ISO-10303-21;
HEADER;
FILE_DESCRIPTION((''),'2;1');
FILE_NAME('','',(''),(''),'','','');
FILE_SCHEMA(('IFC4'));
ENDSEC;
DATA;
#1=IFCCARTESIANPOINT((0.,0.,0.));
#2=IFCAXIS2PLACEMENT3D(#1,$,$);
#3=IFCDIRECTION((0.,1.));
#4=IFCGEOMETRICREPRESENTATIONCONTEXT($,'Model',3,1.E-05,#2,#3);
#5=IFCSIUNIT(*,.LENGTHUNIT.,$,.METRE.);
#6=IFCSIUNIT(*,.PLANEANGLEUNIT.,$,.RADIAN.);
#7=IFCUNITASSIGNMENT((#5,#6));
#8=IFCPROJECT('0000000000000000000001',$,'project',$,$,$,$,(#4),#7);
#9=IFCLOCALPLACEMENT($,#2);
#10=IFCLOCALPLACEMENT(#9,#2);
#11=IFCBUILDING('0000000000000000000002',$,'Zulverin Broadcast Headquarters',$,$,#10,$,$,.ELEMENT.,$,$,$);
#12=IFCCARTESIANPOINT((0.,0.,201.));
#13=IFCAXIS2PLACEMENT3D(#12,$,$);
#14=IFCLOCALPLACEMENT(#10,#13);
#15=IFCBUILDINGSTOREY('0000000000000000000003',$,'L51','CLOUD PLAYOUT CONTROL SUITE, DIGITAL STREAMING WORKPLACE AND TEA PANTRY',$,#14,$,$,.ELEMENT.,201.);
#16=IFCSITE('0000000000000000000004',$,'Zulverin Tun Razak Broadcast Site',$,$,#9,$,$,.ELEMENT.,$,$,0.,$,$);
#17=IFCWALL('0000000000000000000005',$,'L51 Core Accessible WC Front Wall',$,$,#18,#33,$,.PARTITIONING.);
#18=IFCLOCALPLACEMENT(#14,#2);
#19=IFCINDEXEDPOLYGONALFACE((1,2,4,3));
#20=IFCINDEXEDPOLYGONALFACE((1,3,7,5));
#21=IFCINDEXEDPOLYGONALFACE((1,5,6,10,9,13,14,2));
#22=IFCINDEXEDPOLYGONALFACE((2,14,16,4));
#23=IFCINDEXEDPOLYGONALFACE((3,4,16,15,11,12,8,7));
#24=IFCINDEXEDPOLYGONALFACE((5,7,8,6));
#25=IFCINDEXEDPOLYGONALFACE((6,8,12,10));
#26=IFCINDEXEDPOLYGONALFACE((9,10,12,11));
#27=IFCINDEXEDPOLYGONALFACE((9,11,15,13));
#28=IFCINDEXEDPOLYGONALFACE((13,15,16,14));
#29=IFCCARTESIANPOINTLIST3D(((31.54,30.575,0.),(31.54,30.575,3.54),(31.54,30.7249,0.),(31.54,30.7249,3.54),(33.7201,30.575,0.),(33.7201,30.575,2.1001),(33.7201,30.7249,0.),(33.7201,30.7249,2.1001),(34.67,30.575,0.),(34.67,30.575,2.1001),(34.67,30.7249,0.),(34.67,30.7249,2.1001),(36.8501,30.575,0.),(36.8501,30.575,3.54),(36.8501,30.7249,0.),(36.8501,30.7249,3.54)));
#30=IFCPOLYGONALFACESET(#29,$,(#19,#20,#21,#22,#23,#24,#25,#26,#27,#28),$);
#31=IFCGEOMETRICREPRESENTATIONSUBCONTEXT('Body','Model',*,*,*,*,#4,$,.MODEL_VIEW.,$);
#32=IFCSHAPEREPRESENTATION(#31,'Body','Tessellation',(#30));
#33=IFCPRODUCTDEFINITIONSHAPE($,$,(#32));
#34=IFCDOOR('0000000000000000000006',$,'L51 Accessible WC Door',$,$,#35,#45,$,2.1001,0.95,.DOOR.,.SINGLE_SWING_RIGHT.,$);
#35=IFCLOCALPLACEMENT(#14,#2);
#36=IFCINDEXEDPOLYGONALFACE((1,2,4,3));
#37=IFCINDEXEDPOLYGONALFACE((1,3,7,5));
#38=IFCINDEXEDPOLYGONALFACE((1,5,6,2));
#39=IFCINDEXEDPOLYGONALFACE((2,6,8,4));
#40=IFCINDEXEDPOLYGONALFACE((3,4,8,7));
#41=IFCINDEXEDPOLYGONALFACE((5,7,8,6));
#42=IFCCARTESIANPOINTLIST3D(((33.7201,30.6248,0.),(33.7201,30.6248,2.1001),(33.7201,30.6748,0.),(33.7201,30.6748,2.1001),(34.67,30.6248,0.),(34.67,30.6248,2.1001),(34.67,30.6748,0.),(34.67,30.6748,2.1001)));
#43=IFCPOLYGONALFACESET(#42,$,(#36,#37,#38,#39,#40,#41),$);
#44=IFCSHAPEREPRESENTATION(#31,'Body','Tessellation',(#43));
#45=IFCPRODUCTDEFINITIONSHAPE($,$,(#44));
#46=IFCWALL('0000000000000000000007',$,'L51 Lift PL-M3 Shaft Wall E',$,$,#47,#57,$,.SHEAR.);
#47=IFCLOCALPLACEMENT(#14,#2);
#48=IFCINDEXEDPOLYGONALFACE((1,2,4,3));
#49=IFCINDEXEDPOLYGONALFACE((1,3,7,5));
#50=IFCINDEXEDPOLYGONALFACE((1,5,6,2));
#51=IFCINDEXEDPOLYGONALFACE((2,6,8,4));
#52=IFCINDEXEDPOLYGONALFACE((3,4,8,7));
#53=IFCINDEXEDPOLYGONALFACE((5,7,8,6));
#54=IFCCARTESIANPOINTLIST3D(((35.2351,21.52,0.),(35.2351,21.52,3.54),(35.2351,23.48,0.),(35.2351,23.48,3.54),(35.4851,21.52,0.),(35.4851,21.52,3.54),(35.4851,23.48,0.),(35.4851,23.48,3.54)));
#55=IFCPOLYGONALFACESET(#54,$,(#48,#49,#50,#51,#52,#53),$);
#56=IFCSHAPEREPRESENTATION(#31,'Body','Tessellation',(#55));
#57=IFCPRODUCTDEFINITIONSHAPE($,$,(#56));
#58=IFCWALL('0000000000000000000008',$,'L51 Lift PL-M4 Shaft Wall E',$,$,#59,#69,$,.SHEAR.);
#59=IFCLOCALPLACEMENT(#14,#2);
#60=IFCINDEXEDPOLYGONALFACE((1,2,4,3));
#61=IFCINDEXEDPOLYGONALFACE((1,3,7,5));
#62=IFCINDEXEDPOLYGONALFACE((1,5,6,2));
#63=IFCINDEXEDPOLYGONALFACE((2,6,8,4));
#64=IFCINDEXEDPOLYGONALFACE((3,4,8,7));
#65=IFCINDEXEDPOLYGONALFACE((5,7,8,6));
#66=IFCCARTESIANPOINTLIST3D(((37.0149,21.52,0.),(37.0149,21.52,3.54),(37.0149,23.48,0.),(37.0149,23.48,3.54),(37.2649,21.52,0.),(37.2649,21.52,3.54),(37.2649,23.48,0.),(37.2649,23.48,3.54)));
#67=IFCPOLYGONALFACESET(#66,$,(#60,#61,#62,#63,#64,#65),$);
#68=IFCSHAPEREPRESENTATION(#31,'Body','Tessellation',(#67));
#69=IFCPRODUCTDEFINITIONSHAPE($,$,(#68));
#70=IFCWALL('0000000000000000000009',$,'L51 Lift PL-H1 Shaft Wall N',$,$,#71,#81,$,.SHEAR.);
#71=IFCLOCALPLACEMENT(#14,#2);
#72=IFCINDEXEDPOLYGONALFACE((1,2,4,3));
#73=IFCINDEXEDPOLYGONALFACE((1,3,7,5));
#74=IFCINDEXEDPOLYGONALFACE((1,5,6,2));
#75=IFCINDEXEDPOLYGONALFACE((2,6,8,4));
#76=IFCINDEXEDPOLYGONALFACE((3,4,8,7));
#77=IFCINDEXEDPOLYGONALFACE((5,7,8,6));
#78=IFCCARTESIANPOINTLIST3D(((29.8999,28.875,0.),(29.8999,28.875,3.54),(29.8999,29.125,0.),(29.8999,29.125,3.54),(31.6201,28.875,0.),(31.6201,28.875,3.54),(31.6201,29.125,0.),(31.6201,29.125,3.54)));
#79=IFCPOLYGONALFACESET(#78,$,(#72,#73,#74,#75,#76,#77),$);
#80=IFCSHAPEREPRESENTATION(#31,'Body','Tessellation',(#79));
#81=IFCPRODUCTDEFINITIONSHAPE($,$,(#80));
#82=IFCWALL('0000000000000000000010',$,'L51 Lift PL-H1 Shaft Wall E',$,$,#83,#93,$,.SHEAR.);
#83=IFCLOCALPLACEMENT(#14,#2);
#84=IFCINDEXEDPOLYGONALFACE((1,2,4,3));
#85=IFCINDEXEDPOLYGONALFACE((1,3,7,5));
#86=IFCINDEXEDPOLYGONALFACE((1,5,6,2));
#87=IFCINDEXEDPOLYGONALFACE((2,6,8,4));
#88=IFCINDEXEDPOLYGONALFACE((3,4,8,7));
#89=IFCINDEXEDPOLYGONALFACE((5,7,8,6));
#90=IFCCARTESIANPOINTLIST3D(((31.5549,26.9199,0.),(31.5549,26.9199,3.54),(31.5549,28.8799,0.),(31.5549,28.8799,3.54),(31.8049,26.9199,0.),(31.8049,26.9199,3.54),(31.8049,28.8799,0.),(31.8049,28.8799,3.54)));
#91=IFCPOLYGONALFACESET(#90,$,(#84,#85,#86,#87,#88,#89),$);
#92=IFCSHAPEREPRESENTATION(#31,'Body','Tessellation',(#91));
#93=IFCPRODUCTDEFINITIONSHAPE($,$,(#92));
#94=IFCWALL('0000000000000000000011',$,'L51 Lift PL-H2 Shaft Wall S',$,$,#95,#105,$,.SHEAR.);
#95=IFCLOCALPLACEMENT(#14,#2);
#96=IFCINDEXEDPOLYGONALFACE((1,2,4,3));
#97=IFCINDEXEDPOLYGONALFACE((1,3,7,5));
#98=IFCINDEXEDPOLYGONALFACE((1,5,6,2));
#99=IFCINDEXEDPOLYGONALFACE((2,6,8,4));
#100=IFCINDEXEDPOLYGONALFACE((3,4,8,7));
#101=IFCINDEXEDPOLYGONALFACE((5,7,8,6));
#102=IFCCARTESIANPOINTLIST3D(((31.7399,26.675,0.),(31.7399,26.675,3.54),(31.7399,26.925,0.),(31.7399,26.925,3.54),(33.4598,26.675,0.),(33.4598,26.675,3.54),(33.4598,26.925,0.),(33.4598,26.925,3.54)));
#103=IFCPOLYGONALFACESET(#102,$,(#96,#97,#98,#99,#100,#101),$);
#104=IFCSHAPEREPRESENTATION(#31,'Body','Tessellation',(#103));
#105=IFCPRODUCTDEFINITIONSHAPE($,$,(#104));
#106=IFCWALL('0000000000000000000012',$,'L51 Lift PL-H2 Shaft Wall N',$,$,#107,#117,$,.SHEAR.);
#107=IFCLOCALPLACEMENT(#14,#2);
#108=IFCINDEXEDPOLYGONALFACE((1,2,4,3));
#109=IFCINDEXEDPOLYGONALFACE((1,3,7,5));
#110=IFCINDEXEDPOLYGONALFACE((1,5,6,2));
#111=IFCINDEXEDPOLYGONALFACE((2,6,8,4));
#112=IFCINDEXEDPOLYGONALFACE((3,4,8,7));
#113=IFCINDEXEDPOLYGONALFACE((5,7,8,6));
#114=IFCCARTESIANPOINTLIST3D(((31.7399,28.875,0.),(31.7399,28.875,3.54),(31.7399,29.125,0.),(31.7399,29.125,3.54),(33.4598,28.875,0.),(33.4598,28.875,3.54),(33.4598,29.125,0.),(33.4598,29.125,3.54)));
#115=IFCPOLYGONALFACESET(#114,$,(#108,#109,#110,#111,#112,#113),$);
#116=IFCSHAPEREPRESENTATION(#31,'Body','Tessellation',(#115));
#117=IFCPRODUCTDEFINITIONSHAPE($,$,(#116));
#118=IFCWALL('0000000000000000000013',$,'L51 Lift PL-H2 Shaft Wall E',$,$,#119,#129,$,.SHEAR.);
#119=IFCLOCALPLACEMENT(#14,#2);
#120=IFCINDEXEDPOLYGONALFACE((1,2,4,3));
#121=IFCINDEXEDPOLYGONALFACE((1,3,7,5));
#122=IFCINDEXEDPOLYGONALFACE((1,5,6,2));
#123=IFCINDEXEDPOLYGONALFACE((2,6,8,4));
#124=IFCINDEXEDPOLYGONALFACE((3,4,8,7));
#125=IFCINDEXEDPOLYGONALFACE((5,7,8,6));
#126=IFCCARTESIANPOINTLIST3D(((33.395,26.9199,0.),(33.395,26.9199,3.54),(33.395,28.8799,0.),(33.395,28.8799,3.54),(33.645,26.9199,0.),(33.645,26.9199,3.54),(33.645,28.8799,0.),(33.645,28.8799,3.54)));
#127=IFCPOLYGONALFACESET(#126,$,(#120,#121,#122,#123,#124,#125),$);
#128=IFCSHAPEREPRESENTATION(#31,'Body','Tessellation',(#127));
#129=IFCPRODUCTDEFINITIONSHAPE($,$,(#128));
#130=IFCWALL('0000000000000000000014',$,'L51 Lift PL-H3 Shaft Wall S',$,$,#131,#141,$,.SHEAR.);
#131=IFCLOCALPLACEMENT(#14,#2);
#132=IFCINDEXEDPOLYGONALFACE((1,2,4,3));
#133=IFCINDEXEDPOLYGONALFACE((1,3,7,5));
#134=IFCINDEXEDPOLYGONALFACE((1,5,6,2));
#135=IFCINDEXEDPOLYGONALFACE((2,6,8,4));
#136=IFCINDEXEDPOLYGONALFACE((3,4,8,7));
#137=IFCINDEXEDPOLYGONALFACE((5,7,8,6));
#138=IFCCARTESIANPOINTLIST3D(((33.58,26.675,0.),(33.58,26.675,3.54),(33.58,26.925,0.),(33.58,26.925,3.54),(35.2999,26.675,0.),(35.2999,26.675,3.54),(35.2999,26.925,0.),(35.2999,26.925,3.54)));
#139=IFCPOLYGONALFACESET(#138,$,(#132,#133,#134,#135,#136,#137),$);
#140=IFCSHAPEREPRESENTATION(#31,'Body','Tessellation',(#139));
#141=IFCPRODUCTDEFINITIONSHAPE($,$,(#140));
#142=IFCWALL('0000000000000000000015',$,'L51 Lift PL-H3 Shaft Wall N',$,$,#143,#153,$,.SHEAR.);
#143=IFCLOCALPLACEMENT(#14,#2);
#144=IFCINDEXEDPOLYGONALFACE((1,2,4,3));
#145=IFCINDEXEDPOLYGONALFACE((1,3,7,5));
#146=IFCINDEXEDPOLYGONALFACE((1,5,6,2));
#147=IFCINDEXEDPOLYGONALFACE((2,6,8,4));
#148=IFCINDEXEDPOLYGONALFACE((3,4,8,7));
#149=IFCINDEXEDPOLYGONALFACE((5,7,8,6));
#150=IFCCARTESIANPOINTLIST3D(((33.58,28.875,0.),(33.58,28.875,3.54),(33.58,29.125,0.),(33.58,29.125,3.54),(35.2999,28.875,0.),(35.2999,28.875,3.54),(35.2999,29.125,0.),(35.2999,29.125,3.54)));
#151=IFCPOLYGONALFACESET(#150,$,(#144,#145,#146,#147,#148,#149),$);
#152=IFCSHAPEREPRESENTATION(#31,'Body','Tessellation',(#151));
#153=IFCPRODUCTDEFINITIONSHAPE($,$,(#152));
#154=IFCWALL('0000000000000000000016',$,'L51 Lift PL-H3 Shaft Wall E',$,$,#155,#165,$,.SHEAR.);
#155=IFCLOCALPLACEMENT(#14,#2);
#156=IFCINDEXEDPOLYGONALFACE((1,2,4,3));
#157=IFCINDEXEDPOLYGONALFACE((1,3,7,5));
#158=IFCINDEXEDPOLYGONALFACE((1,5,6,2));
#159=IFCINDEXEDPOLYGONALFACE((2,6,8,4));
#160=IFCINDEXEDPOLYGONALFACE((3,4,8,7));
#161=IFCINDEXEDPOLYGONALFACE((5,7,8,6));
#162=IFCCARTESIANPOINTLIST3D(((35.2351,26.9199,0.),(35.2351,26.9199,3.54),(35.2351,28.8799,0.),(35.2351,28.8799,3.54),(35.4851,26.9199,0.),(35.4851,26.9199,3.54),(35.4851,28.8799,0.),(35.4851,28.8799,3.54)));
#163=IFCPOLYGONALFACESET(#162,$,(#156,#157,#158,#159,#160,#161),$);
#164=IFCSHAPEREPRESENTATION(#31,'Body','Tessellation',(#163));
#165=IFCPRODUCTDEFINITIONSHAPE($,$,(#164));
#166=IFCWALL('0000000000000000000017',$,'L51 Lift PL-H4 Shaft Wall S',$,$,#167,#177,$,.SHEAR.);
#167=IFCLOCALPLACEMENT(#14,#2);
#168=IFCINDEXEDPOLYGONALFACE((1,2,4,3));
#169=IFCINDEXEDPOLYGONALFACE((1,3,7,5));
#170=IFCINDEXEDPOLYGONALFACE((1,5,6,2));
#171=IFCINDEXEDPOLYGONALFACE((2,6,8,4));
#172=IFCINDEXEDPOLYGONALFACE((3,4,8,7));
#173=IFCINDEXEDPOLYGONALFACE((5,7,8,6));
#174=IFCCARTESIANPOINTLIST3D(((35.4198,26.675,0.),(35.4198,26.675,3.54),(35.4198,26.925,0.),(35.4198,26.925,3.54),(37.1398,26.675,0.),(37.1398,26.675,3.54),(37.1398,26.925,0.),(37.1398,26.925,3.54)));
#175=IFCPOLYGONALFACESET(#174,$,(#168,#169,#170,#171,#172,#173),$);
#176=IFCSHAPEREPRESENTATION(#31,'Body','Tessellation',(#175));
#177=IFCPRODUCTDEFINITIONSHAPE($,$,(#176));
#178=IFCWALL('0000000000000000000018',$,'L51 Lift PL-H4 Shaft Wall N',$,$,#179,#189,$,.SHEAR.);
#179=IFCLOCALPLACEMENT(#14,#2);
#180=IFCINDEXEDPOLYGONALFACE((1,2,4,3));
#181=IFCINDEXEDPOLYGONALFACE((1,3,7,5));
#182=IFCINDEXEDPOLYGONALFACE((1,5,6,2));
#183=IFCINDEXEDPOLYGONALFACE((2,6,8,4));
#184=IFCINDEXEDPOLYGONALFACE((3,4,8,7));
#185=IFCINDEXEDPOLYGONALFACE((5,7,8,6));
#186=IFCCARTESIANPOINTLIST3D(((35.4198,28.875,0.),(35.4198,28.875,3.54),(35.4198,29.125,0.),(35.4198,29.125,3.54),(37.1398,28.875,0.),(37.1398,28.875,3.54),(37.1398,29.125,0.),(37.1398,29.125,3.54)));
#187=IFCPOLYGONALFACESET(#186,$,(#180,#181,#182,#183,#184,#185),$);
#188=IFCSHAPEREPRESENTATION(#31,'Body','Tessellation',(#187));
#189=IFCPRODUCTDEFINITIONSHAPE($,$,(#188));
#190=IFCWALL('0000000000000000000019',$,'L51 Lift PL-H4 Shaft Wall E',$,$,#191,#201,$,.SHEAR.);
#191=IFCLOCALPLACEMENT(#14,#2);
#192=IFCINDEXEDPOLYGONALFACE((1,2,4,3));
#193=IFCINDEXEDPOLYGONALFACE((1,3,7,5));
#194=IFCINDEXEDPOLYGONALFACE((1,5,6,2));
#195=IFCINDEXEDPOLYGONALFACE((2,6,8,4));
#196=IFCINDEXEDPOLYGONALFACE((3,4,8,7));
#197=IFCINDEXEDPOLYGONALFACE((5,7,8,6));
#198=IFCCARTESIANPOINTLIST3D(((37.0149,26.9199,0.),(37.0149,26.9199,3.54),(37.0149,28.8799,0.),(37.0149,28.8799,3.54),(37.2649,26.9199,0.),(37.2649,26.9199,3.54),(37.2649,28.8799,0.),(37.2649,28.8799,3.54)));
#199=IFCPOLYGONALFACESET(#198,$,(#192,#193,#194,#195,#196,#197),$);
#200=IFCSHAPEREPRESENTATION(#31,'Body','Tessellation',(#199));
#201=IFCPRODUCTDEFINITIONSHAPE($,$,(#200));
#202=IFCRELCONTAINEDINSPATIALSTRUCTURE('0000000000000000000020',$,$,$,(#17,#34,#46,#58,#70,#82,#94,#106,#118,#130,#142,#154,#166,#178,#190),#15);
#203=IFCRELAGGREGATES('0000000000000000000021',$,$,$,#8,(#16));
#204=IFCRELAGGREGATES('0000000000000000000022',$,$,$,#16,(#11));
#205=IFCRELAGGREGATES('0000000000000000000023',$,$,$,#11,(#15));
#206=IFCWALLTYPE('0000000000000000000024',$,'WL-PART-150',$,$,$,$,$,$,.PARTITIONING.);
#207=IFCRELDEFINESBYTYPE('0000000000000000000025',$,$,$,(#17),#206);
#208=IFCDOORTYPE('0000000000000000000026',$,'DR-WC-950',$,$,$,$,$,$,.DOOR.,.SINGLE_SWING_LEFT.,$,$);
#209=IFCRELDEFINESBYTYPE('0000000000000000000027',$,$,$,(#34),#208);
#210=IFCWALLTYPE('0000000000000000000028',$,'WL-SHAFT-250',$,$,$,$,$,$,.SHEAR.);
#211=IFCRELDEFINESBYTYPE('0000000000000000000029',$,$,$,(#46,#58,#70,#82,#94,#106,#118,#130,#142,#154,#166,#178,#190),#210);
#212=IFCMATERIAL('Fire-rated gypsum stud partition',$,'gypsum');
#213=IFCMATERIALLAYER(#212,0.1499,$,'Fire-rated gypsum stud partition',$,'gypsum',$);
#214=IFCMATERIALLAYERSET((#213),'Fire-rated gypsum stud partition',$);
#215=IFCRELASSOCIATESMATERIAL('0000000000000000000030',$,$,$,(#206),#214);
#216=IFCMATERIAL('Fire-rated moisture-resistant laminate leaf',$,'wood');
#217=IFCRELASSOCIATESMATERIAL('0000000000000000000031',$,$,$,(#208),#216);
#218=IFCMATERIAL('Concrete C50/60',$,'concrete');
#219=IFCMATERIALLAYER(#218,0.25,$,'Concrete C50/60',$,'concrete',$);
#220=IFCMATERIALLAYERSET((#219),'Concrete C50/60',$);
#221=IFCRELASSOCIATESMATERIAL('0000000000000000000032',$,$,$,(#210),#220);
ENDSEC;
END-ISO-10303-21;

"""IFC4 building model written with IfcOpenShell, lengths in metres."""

from ifc_helpers import new_model, si_unit, direction, frame, frame_2d, origin, place, context, subcontext, project, spatial, rectangle, extrude, material, layer, layer_set, type_object, element, fill, save


model = new_model("IFC4")

# Units and contexts
model_context = context("Model", 3, precision=1e-05, world=origin(), true_north=direction((0.0, 1.0)))
body_context = subcontext(model_context, "Body", "Model", "MODEL_VIEW")
ifc_project = project(units=[si_unit("LENGTHUNIT", "METRE"), si_unit("PLANEANGLEUNIT", "RADIAN")], contexts=[model_context])

# Site, building, storey
site_placement = place(None, origin())
site = spatial("IfcSite", under=ifc_project, at=site_placement, Name="Zulverin Tun Razak Broadcast Site", CompositionType="ELEMENT", RefElevation=0.0)
building_placement = place(site_placement, origin())
building = spatial("IfcBuilding", under=site, at=building_placement, Name="Zulverin Broadcast Headquarters", CompositionType="ELEMENT")
storey_placement = place(building_placement, frame((0.0, 0.0, 201.0)))
storey = spatial("IfcBuildingStorey", under=building, at=storey_placement, Name="L51", Description="CLOUD PLAYOUT CONTROL SUITE, DIGITAL STREAMING WORKPLACE AND TEA PANTRY", CompositionType="ELEMENT", Elevation=201.0)

# Wall, opening, door
ifc_material_1 = material(Name="Fire-rated gypsum stud partition", Category="gypsum")
ifc_layer_1 = layer(ifc_material_1, 0.1499, Name="Fire-rated gypsum stud partition", Category="gypsum")
ifc_layer_set_1 = layer_set([ifc_layer_1], Name="Fire-rated gypsum stud partition")
wall_type_1 = type_object("IfcWallType", Name="WL-PART-150", PredefinedType="PARTITIONING", material=ifc_layer_set_1)
wall_1_placement = place(storey_placement, frame((31.54, 30.6499, 0.0), z_axis=(0.0, 0.0, 1.0), x_axis=(1.0, 0.0, 0.0)))
wall_1 = element("IfcWall", 1, at=wall_1_placement, inside=storey, type_object=wall_type_1, Name="L51 Core Accessible WC Front Wall", PredefinedType="PARTITIONING", context=body_context, shape_type="SweptSolid", body=[
    extrude(rectangle(XDim=5.3101, YDim=0.1499, at=frame_2d((2.655, 0.0))), origin(), (0.0, 0.0, 1.0), 3.54),
])
opening_1_placement = place(wall_1_placement, frame((2.1799, 0.0, 0.0)))
opening_1 = element("IfcOpeningElement", 2, at=opening_1_placement, cuts=wall_1, PredefinedType="OPENING", context=body_context, shape_type="SweptSolid", body=[
    extrude(rectangle(XDim=0.95, YDim=2.1001, at=frame_2d((0.4751, 1.05))), frame((0.0, 0.085, 0.0), z_axis=(0.0, -1.0, 0.0), x_axis=(1.0, 0.0, 0.0)), (0.0, 0.0, 1.0), 0.1699),
])
ifc_material_2 = material(Name="Fire-rated moisture-resistant laminate leaf", Category="wood")
door_type_1 = type_object("IfcDoorType", Name="DR-WC-950", OperationType="SINGLE_SWING_LEFT", PredefinedType="DOOR", material=ifc_material_2)
door_1_placement = place(opening_1_placement, origin())
door_1 = element("IfcDoor", 3, at=door_1_placement, inside=storey, type_object=door_type_1, Name="L51 Accessible WC Door", OperationType="SINGLE_SWING_RIGHT", OverallHeight=2.1001, OverallWidth=0.95, PredefinedType="DOOR", context=body_context, shape_type="SweptSolid", body=[
    extrude(rectangle(XDim=0.95, YDim=2.1001, at=frame_2d((0.4751, 1.05))), frame((0.0, 0.0249, 0.0), z_axis=(0.0, -1.0, 0.0), x_axis=(1.0, 0.0, 0.0)), (0.0, 0.0, 1.0), 0.05),
])
fill(opening_1, door_1)
ifc_material_3 = material(Name="Concrete C50/60", Category="concrete")
ifc_layer_2 = layer(ifc_material_3, 0.25, Name="Concrete C50/60", Category="concrete")
ifc_layer_set_2 = layer_set([ifc_layer_2], Name="Concrete C50/60")
wall_type_2 = type_object("IfcWallType", Name="WL-SHAFT-250", PredefinedType="SHEAR", material=ifc_layer_set_2)

# Wall
wall_2_placement = place(storey_placement, frame((35.3601, 21.52, 0.0), z_axis=(0.0, 0.0, 1.0), x_axis=(0.0, 1.0, 0.0)))
element("IfcWall", 4, at=wall_2_placement, inside=storey, type_object=wall_type_2, Name="L51 Lift PL-M3 Shaft Wall E", PredefinedType="SHEAR", context=body_context, shape_type="SweptSolid", body=[
    extrude(rectangle(XDim=1.96, YDim=0.25, at=frame_2d((0.98, 0.0))), origin(), (0.0, 0.0, 1.0), 3.54),
])

# Walls
wall_3_placement = place(storey_placement, frame((37.1399, 21.52, 0.0), z_axis=(0.0, 0.0, 1.0), x_axis=(0.0, 1.0, 0.0)))
element("IfcWall", 5, at=wall_3_placement, inside=storey, type_object=wall_type_2, Name="L51 Lift PL-M4 Shaft Wall E", PredefinedType="SHEAR", context=body_context, shape_type="SweptSolid", body=[
    extrude(rectangle(XDim=1.96, YDim=0.25, at=frame_2d((0.98, 0.0))), origin(), (0.0, 0.0, 1.0), 3.54),
])
wall_4_placement = place(storey_placement, frame((29.8999, 29.0, 0.0), z_axis=(0.0, 0.0, 1.0), x_axis=(1.0, 0.0, 0.0)))
element("IfcWall", 6, at=wall_4_placement, inside=storey, type_object=wall_type_2, Name="L51 Lift PL-H1 Shaft Wall N", PredefinedType="SHEAR", context=body_context, shape_type="SweptSolid", body=[
    extrude(rectangle(XDim=1.7202, YDim=0.25, at=frame_2d((0.8601, 0.0))), origin(), (0.0, 0.0, 1.0), 3.54),
])
wall_5_placement = place(storey_placement, frame((31.6799, 26.9199, 0.0), z_axis=(0.0, 0.0, 1.0), x_axis=(0.0, 1.0, 0.0)))
element("IfcWall", 7, at=wall_5_placement, inside=storey, type_object=wall_type_2, Name="L51 Lift PL-H1 Shaft Wall E", PredefinedType="SHEAR", context=body_context, shape_type="SweptSolid", body=[
    extrude(rectangle(XDim=1.96, YDim=0.25, at=frame_2d((0.98, 0.0))), origin(), (0.0, 0.0, 1.0), 3.54),
])
for number, where, z_axis, x_axis, name in (
    (8, (31.74, 26.8, 0.0), (0.0, 0.0, 1.0), (1.0, 0.0, 0.0), "L51 Lift PL-H2 Shaft Wall S"),
    (9, (31.74, 29.0, 0.0), (0.0, 0.0, 1.0), (1.0, 0.0, 0.0), "L51 Lift PL-H2 Shaft Wall N"),
):
    element("IfcWall", number, at=place(storey_placement, frame(where, z_axis=z_axis, x_axis=x_axis)), inside=storey, type_object=wall_type_2, Name=name, PredefinedType="SHEAR", context=body_context, shape_type="SweptSolid", body=[
        extrude(rectangle(XDim=1.72, YDim=0.25, at=frame_2d((0.8599, 0.0))), origin(), (0.0, 0.0, 1.0), 3.54),
    ])
wall_6_placement = place(storey_placement, frame((33.52, 26.9199, 0.0), z_axis=(0.0, 0.0, 1.0), x_axis=(0.0, 1.0, 0.0)))
element("IfcWall", 10, at=wall_6_placement, inside=storey, type_object=wall_type_2, Name="L51 Lift PL-H2 Shaft Wall E", PredefinedType="SHEAR", context=body_context, shape_type="SweptSolid", body=[
    extrude(rectangle(XDim=1.96, YDim=0.25, at=frame_2d((0.98, 0.0))), origin(), (0.0, 0.0, 1.0), 3.54),
])
for number, where, z_axis, x_axis, name in (
    (11, (33.5801, 26.8, 0.0), (0.0, 0.0, 1.0), (1.0, 0.0, 0.0), "L51 Lift PL-H3 Shaft Wall S"),
    (12, (33.5801, 29.0, 0.0), (0.0, 0.0, 1.0), (1.0, 0.0, 0.0), "L51 Lift PL-H3 Shaft Wall N"),
):
    element("IfcWall", number, at=place(storey_placement, frame(where, z_axis=z_axis, x_axis=x_axis)), inside=storey, type_object=wall_type_2, Name=name, PredefinedType="SHEAR", context=body_context, shape_type="SweptSolid", body=[
        extrude(rectangle(XDim=1.72, YDim=0.25, at=frame_2d((0.8599, 0.0))), origin(), (0.0, 0.0, 1.0), 3.54),
    ])
wall_7_placement = place(storey_placement, frame((35.3601, 26.9199, 0.0), z_axis=(0.0, 0.0, 1.0), x_axis=(0.0, 1.0, 0.0)))
element("IfcWall", 13, at=wall_7_placement, inside=storey, type_object=wall_type_2, Name="L51 Lift PL-H3 Shaft Wall E", PredefinedType="SHEAR", context=body_context, shape_type="SweptSolid", body=[
    extrude(rectangle(XDim=1.96, YDim=0.25, at=frame_2d((0.98, 0.0))), origin(), (0.0, 0.0, 1.0), 3.54),
])
for number, where, z_axis, x_axis, name in (
    (14, (35.4199, 26.8, 0.0), (0.0, 0.0, 1.0), (1.0, 0.0, 0.0), "L51 Lift PL-H4 Shaft Wall S"),
    (15, (35.4199, 29.0, 0.0), (0.0, 0.0, 1.0), (1.0, 0.0, 0.0), "L51 Lift PL-H4 Shaft Wall N"),
):
    element("IfcWall", number, at=place(storey_placement, frame(where, z_axis=z_axis, x_axis=x_axis)), inside=storey, type_object=wall_type_2, Name=name, PredefinedType="SHEAR", context=body_context, shape_type="SweptSolid", body=[
        extrude(rectangle(XDim=1.72, YDim=0.25, at=frame_2d((0.8599, 0.0))), origin(), (0.0, 0.0, 1.0), 3.54),
    ])
wall_8_placement = place(storey_placement, frame((37.1399, 26.9199, 0.0), z_axis=(0.0, 0.0, 1.0), x_axis=(0.0, 1.0, 0.0)))
element("IfcWall", 16, at=wall_8_placement, inside=storey, type_object=wall_type_2, Name="L51 Lift PL-H4 Shaft Wall E", PredefinedType="SHEAR", context=body_context, shape_type="SweptSolid", body=[
    extrude(rectangle(XDim=1.96, YDim=0.25, at=frame_2d((0.98, 0.0))), origin(), (0.0, 0.0, 1.0), 3.54),
])

save(model, "model.ifc")
